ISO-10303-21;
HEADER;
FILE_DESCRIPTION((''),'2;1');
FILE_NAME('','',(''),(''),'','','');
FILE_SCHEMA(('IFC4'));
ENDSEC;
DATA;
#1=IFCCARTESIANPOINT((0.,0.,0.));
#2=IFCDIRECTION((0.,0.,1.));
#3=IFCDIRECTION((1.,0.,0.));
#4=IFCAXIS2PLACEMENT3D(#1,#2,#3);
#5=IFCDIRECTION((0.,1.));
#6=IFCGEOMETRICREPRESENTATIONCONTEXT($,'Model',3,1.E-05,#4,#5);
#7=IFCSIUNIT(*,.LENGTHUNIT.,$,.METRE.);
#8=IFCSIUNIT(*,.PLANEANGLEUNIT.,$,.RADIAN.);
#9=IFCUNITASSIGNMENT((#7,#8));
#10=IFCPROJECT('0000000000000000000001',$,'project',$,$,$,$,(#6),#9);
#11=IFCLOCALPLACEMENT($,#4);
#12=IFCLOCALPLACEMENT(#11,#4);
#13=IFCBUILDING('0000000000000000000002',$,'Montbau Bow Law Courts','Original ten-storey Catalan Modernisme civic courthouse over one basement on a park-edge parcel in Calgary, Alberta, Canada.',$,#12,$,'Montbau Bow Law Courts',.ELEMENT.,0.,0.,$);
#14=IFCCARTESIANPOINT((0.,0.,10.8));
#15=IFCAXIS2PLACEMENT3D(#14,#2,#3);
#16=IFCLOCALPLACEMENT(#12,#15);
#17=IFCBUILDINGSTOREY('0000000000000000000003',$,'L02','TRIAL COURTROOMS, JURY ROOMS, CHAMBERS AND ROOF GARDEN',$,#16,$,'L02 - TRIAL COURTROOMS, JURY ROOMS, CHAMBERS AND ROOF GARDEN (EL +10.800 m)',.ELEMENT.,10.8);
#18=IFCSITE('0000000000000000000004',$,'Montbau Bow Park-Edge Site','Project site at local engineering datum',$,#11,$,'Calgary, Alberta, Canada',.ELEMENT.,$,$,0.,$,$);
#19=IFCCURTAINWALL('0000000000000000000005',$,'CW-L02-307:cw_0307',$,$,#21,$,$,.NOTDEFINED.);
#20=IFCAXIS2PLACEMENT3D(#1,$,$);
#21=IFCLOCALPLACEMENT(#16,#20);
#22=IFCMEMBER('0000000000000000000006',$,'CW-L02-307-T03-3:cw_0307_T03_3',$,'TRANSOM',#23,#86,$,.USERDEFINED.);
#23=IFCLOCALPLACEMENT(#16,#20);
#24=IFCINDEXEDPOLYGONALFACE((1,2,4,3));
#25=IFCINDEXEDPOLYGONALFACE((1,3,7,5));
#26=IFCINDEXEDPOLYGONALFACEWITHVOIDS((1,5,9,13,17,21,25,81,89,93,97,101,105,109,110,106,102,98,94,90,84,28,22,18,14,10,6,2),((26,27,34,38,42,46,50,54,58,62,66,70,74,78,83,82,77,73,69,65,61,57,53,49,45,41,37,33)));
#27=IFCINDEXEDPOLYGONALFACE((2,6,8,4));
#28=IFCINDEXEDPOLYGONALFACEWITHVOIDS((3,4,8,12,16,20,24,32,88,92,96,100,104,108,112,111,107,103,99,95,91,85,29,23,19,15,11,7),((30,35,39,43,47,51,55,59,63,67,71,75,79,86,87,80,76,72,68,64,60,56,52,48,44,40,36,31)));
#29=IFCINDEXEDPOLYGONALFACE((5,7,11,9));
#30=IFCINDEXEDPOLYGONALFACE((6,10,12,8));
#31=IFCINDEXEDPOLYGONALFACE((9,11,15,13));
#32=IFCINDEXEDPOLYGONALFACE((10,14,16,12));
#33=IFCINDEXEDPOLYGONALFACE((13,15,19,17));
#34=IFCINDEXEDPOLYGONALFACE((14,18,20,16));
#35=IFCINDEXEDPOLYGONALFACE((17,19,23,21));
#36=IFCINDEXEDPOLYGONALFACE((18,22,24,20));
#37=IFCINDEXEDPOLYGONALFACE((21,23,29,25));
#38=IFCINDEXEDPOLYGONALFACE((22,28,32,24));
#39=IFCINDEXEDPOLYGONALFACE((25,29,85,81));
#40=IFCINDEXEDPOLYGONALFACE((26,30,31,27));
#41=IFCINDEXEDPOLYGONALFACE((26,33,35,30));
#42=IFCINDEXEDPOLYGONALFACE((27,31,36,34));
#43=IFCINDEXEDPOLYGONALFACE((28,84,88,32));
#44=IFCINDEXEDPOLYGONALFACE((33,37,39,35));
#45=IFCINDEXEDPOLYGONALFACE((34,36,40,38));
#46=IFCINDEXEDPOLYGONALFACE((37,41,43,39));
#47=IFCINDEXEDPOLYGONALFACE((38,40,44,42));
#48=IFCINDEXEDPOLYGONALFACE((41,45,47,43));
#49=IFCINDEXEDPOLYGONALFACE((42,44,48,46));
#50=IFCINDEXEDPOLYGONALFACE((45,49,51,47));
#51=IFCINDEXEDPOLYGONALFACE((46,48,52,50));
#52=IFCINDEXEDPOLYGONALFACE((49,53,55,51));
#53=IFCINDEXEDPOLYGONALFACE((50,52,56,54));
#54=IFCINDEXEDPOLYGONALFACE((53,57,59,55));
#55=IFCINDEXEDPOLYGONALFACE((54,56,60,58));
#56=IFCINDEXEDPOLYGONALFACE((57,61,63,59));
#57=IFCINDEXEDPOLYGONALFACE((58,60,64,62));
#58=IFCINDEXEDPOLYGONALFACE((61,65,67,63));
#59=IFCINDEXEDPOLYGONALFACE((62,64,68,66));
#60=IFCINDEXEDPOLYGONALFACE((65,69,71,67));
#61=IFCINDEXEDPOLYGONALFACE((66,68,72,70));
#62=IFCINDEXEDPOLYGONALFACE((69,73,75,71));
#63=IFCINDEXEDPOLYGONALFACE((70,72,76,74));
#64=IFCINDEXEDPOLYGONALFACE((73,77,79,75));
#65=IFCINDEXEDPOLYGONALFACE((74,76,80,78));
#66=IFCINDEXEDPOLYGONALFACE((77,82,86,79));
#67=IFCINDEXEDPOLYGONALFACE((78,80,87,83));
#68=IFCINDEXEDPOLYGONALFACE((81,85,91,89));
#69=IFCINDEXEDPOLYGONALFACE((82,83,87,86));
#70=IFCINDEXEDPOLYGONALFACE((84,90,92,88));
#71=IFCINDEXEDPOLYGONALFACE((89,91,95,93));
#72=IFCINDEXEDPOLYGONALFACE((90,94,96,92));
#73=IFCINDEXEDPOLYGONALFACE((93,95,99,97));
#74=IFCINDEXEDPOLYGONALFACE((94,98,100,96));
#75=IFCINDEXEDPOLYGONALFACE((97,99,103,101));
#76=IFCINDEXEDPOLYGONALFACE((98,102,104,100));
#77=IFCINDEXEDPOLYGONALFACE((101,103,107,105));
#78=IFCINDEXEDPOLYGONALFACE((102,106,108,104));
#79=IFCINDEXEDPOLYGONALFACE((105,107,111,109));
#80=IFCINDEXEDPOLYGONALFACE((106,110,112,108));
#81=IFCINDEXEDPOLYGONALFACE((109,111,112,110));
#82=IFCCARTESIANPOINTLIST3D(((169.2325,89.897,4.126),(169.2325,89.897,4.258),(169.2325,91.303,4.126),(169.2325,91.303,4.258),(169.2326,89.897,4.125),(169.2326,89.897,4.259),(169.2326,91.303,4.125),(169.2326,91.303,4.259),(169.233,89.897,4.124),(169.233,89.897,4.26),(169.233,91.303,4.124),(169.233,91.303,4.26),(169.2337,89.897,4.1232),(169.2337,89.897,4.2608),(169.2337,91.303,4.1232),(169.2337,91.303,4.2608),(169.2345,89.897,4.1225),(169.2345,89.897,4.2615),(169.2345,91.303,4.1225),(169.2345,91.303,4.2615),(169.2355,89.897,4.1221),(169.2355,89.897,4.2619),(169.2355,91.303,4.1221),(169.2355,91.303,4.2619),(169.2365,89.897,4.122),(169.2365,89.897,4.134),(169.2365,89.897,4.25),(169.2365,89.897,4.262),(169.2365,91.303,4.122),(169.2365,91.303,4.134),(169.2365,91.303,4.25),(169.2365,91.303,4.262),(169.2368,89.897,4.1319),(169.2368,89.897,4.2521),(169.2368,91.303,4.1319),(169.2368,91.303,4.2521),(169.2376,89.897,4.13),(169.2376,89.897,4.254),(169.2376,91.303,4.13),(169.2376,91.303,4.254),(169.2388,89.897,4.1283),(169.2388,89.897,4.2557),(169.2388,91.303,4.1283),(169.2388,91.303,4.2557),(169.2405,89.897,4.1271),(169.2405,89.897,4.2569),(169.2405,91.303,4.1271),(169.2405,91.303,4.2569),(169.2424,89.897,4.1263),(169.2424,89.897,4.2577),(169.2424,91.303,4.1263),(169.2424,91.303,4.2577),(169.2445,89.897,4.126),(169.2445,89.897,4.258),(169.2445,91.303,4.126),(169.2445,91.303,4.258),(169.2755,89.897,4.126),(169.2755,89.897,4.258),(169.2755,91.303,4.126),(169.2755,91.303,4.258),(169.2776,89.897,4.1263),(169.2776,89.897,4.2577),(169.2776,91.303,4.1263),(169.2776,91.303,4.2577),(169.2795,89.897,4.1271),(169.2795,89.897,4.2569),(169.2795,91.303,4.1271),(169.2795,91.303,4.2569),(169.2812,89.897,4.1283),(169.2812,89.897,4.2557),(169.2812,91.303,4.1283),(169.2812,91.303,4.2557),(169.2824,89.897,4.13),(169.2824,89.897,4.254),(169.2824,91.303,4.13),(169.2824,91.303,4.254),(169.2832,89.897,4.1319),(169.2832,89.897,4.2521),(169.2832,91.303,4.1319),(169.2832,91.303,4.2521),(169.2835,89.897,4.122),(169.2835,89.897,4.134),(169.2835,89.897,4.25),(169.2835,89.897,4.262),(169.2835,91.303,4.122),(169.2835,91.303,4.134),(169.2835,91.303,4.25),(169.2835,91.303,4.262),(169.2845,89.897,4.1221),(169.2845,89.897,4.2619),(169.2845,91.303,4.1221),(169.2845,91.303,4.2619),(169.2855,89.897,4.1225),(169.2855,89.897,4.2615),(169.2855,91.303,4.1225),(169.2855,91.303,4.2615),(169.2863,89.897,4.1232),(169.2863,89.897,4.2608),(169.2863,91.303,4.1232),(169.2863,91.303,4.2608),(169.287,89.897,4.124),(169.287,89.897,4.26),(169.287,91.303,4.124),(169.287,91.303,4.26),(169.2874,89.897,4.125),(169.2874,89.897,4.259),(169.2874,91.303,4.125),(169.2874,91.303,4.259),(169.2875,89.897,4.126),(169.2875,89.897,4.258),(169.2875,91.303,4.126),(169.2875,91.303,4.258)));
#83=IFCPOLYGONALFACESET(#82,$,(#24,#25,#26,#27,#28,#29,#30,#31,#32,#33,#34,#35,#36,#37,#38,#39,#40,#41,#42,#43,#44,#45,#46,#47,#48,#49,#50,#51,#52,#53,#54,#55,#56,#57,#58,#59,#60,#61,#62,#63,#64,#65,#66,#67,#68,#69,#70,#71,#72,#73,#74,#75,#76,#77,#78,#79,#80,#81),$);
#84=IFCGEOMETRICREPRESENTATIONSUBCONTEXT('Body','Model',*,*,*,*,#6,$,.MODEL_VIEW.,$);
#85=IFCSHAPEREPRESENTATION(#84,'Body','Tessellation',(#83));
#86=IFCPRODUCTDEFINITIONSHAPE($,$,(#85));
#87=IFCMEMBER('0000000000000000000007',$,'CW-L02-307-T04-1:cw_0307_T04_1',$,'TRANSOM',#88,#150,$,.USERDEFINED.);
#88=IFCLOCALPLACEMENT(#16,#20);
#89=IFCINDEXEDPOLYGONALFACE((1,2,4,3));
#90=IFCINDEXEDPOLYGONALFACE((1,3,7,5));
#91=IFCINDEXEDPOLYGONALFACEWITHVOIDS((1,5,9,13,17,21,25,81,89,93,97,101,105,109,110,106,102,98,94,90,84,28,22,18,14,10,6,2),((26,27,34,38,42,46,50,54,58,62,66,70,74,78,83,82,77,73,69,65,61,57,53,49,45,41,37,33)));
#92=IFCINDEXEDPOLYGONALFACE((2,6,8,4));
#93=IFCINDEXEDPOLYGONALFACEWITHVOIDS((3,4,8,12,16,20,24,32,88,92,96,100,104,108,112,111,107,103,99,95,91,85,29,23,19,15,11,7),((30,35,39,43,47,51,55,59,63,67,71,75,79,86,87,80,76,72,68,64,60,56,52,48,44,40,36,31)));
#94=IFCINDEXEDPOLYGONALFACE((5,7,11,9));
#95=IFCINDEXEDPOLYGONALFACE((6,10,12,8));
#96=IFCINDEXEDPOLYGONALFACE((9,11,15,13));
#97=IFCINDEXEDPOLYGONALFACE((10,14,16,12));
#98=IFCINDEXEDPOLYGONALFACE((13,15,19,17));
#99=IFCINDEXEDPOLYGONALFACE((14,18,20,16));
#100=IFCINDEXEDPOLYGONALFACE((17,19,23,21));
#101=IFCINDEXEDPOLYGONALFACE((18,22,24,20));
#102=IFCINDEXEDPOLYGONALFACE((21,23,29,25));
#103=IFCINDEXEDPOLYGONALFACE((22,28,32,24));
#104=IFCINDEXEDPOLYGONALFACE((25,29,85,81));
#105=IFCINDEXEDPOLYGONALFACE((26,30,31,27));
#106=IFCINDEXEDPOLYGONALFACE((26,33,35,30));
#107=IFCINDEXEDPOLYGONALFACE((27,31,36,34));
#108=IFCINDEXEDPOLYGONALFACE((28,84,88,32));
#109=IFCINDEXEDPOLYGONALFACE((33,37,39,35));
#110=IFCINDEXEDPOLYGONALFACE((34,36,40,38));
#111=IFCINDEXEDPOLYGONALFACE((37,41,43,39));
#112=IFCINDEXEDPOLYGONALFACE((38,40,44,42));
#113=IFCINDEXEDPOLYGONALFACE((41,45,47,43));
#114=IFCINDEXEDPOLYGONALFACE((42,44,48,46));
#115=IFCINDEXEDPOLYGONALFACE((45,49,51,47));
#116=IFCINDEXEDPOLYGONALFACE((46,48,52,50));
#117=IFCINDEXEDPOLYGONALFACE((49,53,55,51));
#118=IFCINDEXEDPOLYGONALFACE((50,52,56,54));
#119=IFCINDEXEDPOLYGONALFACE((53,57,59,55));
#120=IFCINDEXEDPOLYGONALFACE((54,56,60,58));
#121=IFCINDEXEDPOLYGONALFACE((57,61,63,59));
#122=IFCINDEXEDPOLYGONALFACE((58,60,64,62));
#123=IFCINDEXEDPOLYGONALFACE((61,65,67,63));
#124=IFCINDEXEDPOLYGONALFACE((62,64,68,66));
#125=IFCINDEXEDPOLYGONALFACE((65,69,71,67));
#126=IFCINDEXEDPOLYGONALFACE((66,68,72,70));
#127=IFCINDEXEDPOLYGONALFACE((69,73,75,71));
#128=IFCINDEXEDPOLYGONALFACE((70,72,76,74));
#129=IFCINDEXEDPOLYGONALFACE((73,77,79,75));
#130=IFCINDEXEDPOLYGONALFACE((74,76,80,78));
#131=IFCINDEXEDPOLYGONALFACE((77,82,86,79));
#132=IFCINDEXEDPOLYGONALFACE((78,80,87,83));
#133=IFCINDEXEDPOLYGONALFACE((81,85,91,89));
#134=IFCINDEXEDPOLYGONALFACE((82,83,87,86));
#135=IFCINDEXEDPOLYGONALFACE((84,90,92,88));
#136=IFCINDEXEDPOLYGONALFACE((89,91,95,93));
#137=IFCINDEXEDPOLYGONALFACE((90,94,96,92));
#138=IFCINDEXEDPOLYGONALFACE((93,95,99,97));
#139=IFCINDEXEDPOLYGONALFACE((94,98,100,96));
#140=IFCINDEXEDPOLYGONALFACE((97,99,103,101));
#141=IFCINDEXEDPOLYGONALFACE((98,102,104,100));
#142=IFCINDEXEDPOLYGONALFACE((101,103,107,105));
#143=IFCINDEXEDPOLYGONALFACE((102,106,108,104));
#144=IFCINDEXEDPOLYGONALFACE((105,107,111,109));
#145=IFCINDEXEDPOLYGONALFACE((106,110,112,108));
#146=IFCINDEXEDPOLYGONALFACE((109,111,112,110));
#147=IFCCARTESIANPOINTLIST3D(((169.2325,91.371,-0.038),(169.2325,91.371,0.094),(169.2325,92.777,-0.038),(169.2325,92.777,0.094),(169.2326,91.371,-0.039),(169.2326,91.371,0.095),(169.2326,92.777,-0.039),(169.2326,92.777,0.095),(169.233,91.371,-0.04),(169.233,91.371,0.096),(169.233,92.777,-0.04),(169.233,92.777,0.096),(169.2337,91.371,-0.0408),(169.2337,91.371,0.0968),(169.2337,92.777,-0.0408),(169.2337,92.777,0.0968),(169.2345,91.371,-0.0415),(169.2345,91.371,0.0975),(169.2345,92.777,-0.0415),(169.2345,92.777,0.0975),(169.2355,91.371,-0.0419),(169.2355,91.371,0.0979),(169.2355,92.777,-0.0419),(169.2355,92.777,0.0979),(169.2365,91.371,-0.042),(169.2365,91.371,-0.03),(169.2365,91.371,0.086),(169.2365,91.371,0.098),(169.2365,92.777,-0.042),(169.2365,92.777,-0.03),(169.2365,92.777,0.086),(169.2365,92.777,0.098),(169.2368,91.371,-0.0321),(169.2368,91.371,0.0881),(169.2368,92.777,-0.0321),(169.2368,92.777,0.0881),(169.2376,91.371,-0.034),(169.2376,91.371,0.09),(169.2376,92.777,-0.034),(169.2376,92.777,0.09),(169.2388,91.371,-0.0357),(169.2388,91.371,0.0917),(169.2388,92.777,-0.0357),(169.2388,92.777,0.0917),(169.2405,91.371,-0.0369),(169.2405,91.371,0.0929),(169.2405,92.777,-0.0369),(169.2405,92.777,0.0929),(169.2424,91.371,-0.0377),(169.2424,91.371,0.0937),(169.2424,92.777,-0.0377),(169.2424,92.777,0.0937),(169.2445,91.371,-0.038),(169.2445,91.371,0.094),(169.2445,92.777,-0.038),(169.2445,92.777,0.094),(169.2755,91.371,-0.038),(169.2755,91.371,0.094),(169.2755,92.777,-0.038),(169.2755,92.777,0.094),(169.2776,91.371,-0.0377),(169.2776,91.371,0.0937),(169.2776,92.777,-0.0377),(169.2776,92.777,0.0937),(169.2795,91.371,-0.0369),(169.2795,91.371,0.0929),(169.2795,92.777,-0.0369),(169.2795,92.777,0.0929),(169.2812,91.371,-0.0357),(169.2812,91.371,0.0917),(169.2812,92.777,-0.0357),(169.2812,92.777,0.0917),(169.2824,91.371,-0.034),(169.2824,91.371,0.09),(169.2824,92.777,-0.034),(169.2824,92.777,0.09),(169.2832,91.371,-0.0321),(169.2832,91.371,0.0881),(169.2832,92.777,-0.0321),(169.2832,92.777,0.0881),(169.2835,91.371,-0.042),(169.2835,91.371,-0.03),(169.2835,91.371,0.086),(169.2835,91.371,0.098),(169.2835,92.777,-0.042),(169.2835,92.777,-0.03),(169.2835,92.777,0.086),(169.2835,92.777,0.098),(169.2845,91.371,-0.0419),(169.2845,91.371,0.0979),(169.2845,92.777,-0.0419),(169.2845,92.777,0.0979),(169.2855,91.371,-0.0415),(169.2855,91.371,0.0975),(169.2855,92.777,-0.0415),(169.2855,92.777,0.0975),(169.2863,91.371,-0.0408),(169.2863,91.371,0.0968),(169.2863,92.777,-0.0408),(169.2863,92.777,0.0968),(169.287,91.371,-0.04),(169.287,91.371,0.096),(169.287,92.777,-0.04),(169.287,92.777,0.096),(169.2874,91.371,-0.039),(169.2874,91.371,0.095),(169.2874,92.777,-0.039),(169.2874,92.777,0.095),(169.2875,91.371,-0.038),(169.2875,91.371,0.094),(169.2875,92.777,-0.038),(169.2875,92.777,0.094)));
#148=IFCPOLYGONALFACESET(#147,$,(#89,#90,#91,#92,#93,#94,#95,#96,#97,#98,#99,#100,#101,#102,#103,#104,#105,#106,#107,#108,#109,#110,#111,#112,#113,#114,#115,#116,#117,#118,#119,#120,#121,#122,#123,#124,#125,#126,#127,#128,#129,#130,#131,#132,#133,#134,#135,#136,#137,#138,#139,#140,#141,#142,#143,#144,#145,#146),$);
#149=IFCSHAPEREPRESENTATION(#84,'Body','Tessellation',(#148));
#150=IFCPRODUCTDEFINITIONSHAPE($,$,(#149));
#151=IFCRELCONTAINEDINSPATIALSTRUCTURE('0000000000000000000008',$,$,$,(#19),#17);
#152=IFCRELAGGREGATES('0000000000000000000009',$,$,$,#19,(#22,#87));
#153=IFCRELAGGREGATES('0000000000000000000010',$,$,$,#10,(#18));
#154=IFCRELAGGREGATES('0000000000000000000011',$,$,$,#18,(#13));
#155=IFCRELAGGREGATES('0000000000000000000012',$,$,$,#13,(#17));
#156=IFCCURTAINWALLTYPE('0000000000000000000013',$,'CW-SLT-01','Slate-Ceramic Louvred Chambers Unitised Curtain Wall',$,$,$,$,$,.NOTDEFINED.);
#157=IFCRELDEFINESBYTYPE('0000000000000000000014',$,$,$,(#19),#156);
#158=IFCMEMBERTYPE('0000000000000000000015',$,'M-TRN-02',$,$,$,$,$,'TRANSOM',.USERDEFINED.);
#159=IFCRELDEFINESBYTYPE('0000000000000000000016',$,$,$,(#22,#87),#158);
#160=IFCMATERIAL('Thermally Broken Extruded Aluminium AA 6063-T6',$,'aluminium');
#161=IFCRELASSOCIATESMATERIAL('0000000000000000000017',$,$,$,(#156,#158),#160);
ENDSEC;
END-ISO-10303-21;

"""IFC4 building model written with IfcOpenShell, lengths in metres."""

from ifc_helpers import new_model, si_unit, direction, frame, origin_with_axes, origin_2d_with_axis, place, context, subcontext, project, spatial, hollow_rectangle, extrude, material, material_profile, profile_set, type_object, element, aggregate, save


model = new_model("IFC4")

# Units and contexts
model_context = context("Model", 3, precision=1e-05, world=origin_with_axes(), true_north=direction((0.0, 1.0)))
body_context = subcontext(model_context, "Body", "Model", "MODEL_VIEW")
ifc_project = project(units=[si_unit("LENGTHUNIT", "METRE"), si_unit("PLANEANGLEUNIT", "RADIAN")], contexts=[model_context])

# Site, building, storey
site_placement = place(None, origin_with_axes())
site = spatial("IfcSite", under=ifc_project, at=site_placement, Name="Montbau Bow Park-Edge Site", Description="Project site at local engineering datum", LongName="Calgary, Alberta, Canada", CompositionType="ELEMENT", RefElevation=0.0)
building_placement = place(site_placement, origin_with_axes())
building = spatial("IfcBuilding", under=site, at=building_placement, Name="Montbau Bow Law Courts", Description="Original ten-storey Catalan Modernisme civic courthouse over one basement on a park-edge parcel in Calgary, Alberta, Canada.", LongName="Montbau Bow Law Courts", CompositionType="ELEMENT", ElevationOfRefHeight=0.0, ElevationOfTerrain=0.0)
storey_placement = place(building_placement, frame((0.0, 0.0, 10.8), z_axis=(0.0, 0.0, 1.0), x_axis=(1.0, 0.0, 0.0)))
storey = spatial("IfcBuildingStorey", under=building, at=storey_placement, Name="L02", Description="TRIAL COURTROOMS, JURY ROOMS, CHAMBERS AND ROOF GARDEN", LongName="L02 - TRIAL COURTROOMS, JURY ROOMS, CHAMBERS AND ROOF GARDEN (EL +10.800 m)", CompositionType="ELEMENT", Elevation=10.8)

# Curtain wall, members
ifc_material_1 = material(Name="Thermally Broken Extruded Aluminium AA 6063-T6", Category="aluminium")
curtain_wall_type = type_object("IfcCurtainWallType", Name="CW-SLT-01", Description="Slate-Ceramic Louvred Chambers Unitised Curtain Wall", PredefinedType="NOTDEFINED", material=ifc_material_1)
curtain_wall_placement = place(None, frame((169.26, 86.915, 10.8), z_axis=(0.0, 0.0, 1.0), x_axis=(1.0, 0.0, 0.0)))
curtain_wall = element("IfcCurtainWall", 1, at=curtain_wall_placement, inside=storey, type_object=curtain_wall_type, Name="CW-L02-307:cw_0307", PredefinedType="NOTDEFINED")
ifc_material_profile_1 = material_profile(ifc_material_1, hollow_rectangle(XDim=0.055, YDim=0.14, WallThickness=0.004, InnerFilletRadius=0.008, OuterFilletRadius=0.004, at=origin_2d_with_axis()), Name="CWT-140X55", Category="Main", Priority=0)
ifc_profile_set_1 = profile_set([ifc_material_profile_1], Name="Thermally Broken Extruded Aluminium AA 6063-T6")
member_type_1 = type_object("IfcMemberType", Name="M-TRN-02", ElementType="TRANSOM", PredefinedType="USERDEFINED", material=ifc_profile_set_1)
member_1_placement = place(None, frame((169.26, 89.897, 14.992), z_axis=(0.0, 1.0, 0.0), x_axis=(-1.0, 0.0, 0.0)))
member_1 = element("IfcMember", 2, at=member_1_placement, type_object=member_type_1, Name="CW-L02-307-T03-3:cw_0307_T03_3", ObjectType="TRANSOM", PredefinedType="USERDEFINED", context=body_context, shape_type="SweptSolid", body=[
    extrude(hollow_rectangle(XDim=0.055, YDim=0.14, WallThickness=0.004, InnerFilletRadius=0.008, OuterFilletRadius=0.004, at=origin_2d_with_axis()), origin_with_axes(), (0.0, 0.0, 1.0), 1.406),
])
member_2_placement = place(None, frame((169.26, 91.371, 10.828), z_axis=(0.0, 1.0, 0.0), x_axis=(-1.0, 0.0, 0.0)))
member_2 = element("IfcMember", 3, at=member_2_placement, type_object=member_type_1, Name="CW-L02-307-T04-1:cw_0307_T04_1", ObjectType="TRANSOM", PredefinedType="USERDEFINED", context=body_context, shape_type="SweptSolid", body=[
    extrude(hollow_rectangle(XDim=0.055, YDim=0.14, WallThickness=0.004, InnerFilletRadius=0.008, OuterFilletRadius=0.004, at=origin_2d_with_axis()), origin_with_axes(), (0.0, 0.0, 1.0), 1.406),
])
aggregate(curtain_wall, [member_1, member_2])

save(model, "model.ifc")
